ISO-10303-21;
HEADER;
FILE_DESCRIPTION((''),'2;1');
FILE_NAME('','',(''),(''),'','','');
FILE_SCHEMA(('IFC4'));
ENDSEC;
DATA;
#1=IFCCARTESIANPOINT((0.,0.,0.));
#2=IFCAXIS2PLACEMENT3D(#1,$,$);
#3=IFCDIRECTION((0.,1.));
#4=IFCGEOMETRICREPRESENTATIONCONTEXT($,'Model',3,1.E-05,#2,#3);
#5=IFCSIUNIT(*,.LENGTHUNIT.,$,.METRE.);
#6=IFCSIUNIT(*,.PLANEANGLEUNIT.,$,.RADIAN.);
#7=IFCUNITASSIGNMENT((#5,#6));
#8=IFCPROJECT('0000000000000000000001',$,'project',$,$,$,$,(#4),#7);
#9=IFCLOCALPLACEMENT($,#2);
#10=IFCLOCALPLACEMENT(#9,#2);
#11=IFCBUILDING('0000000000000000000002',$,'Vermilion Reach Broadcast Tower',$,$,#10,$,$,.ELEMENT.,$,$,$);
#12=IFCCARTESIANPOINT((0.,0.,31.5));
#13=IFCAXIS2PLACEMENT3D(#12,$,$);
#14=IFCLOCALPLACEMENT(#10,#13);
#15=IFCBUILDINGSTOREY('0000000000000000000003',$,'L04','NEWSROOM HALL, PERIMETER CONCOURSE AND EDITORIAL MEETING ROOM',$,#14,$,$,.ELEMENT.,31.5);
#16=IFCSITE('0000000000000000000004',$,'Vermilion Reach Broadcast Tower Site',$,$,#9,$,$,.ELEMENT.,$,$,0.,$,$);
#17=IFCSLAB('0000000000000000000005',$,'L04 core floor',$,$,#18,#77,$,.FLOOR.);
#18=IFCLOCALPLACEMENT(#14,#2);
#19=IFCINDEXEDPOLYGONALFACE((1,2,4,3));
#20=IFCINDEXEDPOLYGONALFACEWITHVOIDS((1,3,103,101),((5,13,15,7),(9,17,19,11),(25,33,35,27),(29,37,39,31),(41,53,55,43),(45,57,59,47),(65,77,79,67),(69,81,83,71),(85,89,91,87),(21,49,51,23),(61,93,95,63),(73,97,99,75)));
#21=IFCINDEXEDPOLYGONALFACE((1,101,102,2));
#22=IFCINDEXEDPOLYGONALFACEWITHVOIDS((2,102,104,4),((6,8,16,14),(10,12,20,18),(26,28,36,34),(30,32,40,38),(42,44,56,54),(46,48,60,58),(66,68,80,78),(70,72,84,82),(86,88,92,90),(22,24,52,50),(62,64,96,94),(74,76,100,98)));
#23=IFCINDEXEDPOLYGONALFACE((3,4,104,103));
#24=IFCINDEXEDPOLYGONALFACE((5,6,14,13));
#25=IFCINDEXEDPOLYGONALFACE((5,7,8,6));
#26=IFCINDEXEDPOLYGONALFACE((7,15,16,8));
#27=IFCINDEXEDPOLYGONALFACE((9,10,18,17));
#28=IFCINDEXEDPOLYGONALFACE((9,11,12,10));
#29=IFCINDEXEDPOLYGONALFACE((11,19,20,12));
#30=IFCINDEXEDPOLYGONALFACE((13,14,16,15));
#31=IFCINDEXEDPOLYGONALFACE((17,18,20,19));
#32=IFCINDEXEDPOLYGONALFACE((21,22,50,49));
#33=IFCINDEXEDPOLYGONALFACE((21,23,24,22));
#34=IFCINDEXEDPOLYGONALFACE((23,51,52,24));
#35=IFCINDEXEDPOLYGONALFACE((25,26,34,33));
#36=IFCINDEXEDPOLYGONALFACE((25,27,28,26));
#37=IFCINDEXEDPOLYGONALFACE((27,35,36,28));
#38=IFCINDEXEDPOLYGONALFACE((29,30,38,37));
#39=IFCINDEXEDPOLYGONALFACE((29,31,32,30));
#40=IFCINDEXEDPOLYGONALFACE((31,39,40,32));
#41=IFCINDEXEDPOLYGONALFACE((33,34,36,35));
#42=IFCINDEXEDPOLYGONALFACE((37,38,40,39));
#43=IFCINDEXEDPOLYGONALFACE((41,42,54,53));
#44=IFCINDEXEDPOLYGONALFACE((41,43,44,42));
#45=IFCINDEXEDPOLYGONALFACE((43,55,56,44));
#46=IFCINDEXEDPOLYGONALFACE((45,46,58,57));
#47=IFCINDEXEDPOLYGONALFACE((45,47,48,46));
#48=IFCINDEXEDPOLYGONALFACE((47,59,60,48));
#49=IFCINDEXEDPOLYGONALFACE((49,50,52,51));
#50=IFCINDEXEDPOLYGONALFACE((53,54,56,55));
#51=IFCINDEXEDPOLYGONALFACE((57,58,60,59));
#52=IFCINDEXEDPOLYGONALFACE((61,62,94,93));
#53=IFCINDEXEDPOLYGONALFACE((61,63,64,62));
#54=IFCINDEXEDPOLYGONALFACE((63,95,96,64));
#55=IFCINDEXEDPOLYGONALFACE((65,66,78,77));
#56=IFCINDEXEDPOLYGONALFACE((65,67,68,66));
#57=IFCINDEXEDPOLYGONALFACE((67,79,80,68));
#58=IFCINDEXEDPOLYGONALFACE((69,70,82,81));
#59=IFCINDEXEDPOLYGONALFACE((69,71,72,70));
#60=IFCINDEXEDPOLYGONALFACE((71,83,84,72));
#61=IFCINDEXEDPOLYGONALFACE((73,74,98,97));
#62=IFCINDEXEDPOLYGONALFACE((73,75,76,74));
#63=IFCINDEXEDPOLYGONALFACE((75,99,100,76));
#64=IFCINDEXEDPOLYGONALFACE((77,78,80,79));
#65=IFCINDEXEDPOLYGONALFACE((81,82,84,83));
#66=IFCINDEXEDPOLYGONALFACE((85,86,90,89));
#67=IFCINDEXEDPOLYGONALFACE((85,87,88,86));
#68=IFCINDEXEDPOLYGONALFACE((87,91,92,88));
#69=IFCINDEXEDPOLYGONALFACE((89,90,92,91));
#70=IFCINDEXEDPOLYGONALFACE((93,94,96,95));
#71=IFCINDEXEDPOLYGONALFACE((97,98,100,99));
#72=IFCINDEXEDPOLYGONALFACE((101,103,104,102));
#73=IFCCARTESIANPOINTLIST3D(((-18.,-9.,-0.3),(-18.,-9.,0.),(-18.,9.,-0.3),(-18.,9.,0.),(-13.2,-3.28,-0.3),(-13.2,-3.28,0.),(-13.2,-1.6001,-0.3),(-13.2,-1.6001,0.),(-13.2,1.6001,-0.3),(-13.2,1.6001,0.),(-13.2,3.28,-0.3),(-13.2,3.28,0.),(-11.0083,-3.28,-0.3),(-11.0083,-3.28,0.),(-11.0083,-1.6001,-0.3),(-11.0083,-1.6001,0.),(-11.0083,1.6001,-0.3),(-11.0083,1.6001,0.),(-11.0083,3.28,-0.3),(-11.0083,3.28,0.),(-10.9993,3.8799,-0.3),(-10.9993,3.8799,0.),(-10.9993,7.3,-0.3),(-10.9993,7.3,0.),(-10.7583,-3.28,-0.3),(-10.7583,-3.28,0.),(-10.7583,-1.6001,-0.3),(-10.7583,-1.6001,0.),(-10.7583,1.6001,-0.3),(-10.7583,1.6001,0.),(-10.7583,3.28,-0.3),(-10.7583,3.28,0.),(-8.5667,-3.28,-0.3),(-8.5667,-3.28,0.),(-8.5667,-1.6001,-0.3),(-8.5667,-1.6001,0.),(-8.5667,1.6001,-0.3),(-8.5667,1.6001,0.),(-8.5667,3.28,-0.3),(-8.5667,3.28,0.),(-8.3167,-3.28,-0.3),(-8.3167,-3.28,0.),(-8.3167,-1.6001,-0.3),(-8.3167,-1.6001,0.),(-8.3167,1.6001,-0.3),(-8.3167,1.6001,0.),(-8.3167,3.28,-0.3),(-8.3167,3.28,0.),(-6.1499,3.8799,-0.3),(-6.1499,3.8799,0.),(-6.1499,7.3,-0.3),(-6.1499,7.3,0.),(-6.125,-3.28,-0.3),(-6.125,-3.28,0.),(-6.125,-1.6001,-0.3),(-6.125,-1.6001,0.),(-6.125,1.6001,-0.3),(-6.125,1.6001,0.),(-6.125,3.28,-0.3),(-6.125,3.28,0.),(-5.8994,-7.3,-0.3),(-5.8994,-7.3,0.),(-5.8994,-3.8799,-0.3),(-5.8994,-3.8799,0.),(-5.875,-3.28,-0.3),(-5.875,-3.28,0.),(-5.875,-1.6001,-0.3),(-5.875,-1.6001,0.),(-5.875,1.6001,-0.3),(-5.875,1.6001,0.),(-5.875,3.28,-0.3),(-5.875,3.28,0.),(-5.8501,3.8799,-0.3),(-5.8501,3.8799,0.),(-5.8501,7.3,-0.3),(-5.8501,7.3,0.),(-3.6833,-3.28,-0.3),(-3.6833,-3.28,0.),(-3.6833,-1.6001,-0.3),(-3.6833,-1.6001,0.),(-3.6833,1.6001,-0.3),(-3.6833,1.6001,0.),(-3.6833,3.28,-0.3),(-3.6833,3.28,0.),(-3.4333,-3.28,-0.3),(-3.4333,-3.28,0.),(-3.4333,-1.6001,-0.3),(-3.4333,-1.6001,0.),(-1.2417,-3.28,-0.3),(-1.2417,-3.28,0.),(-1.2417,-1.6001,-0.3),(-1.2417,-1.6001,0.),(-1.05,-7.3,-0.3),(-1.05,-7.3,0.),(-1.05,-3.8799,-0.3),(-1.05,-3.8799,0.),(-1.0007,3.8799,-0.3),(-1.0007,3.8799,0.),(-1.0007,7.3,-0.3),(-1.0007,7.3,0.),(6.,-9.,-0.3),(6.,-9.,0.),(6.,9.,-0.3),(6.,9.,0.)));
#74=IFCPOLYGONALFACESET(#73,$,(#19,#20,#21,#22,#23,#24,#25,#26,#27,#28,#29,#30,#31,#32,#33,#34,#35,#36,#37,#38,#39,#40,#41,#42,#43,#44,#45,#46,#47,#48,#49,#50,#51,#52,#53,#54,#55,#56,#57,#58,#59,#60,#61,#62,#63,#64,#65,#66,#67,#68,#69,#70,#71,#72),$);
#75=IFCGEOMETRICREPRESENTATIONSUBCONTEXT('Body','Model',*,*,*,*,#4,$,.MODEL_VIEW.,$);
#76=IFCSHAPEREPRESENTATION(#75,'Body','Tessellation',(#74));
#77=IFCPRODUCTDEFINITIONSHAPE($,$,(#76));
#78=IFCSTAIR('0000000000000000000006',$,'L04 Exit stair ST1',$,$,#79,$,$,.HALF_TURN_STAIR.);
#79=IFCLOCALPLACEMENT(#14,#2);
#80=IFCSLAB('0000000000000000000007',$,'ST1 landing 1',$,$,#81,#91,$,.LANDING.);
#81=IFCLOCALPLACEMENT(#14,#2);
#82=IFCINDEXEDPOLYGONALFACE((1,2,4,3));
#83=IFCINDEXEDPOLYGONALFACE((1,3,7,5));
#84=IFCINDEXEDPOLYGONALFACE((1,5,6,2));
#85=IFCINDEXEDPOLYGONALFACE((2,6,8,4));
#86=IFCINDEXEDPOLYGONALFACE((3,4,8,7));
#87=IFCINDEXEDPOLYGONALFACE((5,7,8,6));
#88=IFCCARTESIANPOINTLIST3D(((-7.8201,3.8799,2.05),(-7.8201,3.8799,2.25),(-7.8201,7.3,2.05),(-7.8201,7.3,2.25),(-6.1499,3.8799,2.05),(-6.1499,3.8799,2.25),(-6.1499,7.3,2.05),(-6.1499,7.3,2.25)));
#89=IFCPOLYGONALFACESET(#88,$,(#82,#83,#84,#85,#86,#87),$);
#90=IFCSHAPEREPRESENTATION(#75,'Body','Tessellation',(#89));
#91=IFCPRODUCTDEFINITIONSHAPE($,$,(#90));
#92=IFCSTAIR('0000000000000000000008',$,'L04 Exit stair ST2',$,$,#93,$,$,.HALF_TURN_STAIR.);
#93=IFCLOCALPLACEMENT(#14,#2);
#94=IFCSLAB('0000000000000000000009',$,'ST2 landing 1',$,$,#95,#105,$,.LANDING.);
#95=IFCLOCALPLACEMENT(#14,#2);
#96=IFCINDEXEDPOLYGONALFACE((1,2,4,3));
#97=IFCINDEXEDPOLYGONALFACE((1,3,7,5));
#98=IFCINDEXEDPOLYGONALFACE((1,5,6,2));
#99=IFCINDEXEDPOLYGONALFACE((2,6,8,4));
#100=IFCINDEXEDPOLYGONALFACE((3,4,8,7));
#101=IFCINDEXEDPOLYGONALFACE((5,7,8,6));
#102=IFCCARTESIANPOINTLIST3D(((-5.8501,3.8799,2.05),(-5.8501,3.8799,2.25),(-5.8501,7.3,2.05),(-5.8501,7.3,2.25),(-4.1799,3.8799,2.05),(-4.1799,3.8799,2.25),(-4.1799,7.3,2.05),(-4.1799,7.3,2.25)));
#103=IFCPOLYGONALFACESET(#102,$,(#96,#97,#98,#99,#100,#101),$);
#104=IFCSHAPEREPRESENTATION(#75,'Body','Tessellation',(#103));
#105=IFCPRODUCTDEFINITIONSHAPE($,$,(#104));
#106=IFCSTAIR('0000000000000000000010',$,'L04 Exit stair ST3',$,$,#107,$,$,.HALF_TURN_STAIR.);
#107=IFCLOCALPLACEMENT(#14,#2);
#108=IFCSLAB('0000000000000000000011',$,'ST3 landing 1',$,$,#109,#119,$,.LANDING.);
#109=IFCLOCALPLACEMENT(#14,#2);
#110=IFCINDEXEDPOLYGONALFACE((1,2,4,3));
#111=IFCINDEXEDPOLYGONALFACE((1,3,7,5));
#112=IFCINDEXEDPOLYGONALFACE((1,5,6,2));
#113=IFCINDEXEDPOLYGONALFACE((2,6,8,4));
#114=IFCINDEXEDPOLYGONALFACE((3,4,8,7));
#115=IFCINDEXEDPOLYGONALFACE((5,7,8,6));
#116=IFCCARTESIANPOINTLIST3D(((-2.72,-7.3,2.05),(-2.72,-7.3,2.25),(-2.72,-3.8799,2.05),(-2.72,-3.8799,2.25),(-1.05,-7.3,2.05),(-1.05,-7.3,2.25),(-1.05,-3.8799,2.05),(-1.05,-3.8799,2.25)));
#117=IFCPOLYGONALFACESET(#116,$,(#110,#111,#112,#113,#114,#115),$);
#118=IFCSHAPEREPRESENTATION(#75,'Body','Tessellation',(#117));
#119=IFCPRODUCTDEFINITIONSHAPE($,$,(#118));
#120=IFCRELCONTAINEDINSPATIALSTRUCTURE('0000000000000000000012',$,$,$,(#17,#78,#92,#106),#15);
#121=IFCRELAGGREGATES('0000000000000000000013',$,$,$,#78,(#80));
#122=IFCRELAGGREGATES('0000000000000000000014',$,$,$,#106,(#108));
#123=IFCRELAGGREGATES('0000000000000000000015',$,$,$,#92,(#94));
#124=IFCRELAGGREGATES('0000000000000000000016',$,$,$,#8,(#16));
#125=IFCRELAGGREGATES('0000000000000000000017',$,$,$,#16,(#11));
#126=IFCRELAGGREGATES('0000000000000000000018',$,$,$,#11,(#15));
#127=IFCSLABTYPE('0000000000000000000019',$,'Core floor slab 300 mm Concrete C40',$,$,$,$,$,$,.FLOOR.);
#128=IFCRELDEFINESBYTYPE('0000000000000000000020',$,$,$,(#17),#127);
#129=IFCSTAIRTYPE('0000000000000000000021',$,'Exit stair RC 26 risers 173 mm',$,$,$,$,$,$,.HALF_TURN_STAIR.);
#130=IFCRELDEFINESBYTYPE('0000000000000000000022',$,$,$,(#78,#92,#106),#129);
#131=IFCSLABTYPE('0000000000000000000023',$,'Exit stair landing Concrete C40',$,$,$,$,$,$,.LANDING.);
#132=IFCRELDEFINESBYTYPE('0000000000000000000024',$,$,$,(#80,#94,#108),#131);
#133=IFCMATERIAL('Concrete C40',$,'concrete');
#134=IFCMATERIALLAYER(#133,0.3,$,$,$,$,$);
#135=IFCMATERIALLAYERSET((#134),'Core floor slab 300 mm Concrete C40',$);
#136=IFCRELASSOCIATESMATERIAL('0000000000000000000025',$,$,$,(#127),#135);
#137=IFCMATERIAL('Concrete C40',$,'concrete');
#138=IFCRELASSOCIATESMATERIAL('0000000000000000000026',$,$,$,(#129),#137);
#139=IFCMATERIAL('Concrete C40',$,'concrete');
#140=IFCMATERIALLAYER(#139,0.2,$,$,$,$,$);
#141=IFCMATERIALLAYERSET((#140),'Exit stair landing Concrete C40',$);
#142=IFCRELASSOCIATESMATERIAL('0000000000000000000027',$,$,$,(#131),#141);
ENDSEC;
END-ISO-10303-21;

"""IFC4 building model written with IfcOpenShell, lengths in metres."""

from ifc_helpers import new_model, si_unit, direction, frame, origin, place, context, subcontext, project, spatial, polyline, outline, extrude, material, layer, layer_set, type_object, element, aggregate, save


model = new_model("IFC4")

# Units and contexts
model_context = context("Model", 3, precision=1e-05, world=origin(), true_north=direction((0.0, 1.0)))
body_context = subcontext(model_context, "Body", "Model", "MODEL_VIEW")
ifc_project = project(units=[si_unit("LENGTHUNIT", "METRE"), si_unit("PLANEANGLEUNIT", "RADIAN")], contexts=[model_context])

# Site, building, storey
site_placement = place(None, origin())
site = spatial("IfcSite", under=ifc_project, at=site_placement, Name="Vermilion Reach Broadcast Tower Site", CompositionType="ELEMENT", RefElevation=0.0)
building_placement = place(site_placement, origin())
building = spatial("IfcBuilding", under=site, at=building_placement, Name="Vermilion Reach Broadcast Tower", CompositionType="ELEMENT")
storey_placement = place(building_placement, frame((0.0, 0.0, 31.5)))
storey = spatial("IfcBuildingStorey", under=building, at=storey_placement, Name="L04", Description="NEWSROOM HALL, PERIMETER CONCOURSE AND EDITORIAL MEETING ROOM", CompositionType="ELEMENT", Elevation=31.5)

# Slab
ifc_material_1 = material(Name="Concrete C40", Category="concrete")
ifc_layer_1 = layer(ifc_material_1, 0.3)
ifc_layer_set_1 = layer_set([ifc_layer_1], Name="Core floor slab 300 mm Concrete C40")
slab_type_1 = type_object("IfcSlabType", Name="Core floor slab 300 mm Concrete C40", PredefinedType="FLOOR", material=ifc_layer_set_1)
slab_1_placement = place(storey_placement, frame((0.0, 0.0, -0.3)))
element("IfcSlab", 1, at=slab_1_placement, inside=storey, type_object=slab_type_1, Name="L04 core floor", PredefinedType="FLOOR", context=body_context, shape_type="SweptSolid", body=[
    extrude(outline(polyline([(-18.0, -9.0), (6.0, -9.0), (6.0, 9.0), (-18.0, 9.0), (-18.0, -9.0)]), holes=[polyline([(-13.2, 1.6001), (-11.0083, 1.6001), (-11.0083, 3.28), (-13.2, 3.28), (-13.2, 1.6001)]), polyline([(-10.7583, 1.6001), (-8.5667, 1.6001), (-8.5667, 3.28), (-10.7583, 3.28), (-10.7583, 1.6001)]), polyline([(-8.3167, 1.6001), (-6.125, 1.6001), (-6.125, 3.28), (-8.3167, 3.28), (-8.3167, 1.6001)]), polyline([(-5.875, 1.6001), (-3.6833, 1.6001), (-3.6833, 3.28), (-5.875, 3.28), (-5.875, 1.6001)]), polyline([(-13.2, -3.28), (-11.0083, -3.28), (-11.0083, -1.6001), (-13.2, -1.6001), (-13.2, -3.28)]), polyline([(-10.7583, -3.28), (-8.5667, -3.28), (-8.5667, -1.6001), (-10.7583, -1.6001), (-10.7583, -3.28)]), polyline([(-8.3167, -3.28), (-6.125, -3.28), (-6.125, -1.6001), (-8.3167, -1.6001), (-8.3167, -3.28)]), polyline([(-5.875, -3.28), (-3.6833, -3.28), (-3.6833, -1.6001), (-5.875, -1.6001), (-5.875, -3.28)]), polyline([(-3.4333, -3.28), (-1.2417, -3.28), (-1.2417, -1.6001), (-3.4333, -1.6001), (-3.4333, -3.28)]), polyline([(-10.9993, 3.8799), (-6.1499, 3.8799), (-6.1499, 7.3), (-10.9993, 7.3), (-10.9993, 3.8799)]), polyline([(-1.0007, 7.3), (-5.8501, 7.3), (-5.8501, 3.8799), (-1.0007, 3.8799), (-1.0007, 7.3)]), polyline([(-5.8994, -7.3), (-1.05, -7.3), (-1.05, -3.8799), (-5.8994, -3.8799), (-5.8994, -7.3)])]), origin(), (0.0, 0.0, 1.0), 0.3),
])

# Stairs, slabs
ifc_material_2 = material(Name="Concrete C40", Category="concrete")
stair_type = type_object("IfcStairType", Name="Exit stair RC 26 risers 173 mm", PredefinedType="HALF_TURN_STAIR", material=ifc_material_2)
placement_1 = place(storey_placement, origin())
stair_1 = element("IfcStair", 2, at=placement_1, inside=storey, type_object=stair_type, Name="L04 Exit stair ST1", PredefinedType="HALF_TURN_STAIR")
ifc_material_3 = material(Name="Concrete C40", Category="concrete")
ifc_layer_2 = layer(ifc_material_3, 0.2)
ifc_layer_set_2 = layer_set([ifc_layer_2], Name="Exit stair landing Concrete C40")
slab_type_2 = type_object("IfcSlabType", Name="Exit stair landing Concrete C40", PredefinedType="LANDING", material=ifc_layer_set_2)
placement_2 = place(storey_placement, frame((0.0, 0.0, 2.05)))
slab_2 = element("IfcSlab", 3, at=placement_2, type_object=slab_type_2, Name="ST1 landing 1", PredefinedType="LANDING", context=body_context, shape_type="SweptSolid", body=[
    extrude(outline(polyline([(-7.8201, 3.8799), (-6.1499, 3.8799), (-6.1499, 7.3), (-7.8201, 7.3), (-7.8201, 3.8799)])), origin(), (0.0, 0.0, 1.0), 0.2),
])
aggregate(stair_1, [slab_2])
stair_2 = element("IfcStair", 4, at=placement_1, inside=storey, type_object=stair_type, Name="L04 Exit stair ST2", PredefinedType="HALF_TURN_STAIR")
slab_3 = element("IfcSlab", 5, at=placement_2, type_object=slab_type_2, Name="ST2 landing 1", PredefinedType="LANDING", context=body_context, shape_type="SweptSolid", body=[
    extrude(outline(polyline([(-4.1799, 7.3), (-5.8501, 7.3), (-5.8501, 3.8799), (-4.1799, 3.8799), (-4.1799, 7.3)])), origin(), (0.0, 0.0, 1.0), 0.2),
])
stair_3 = element("IfcStair", 6, at=placement_1, inside=storey, type_object=stair_type, Name="L04 Exit stair ST3", PredefinedType="HALF_TURN_STAIR")
slab_4 = element("IfcSlab", 7, at=placement_2, type_object=slab_type_2, Name="ST3 landing 1", PredefinedType="LANDING", context=body_context, shape_type="SweptSolid", body=[
    extrude(outline(polyline([(-2.72, -7.3), (-1.05, -7.3), (-1.05, -3.8799), (-2.72, -3.8799), (-2.72, -7.3)])), origin(), (0.0, 0.0, 1.0), 0.2),
])
aggregate(stair_3, [slab_4])

aggregate(stair_2, [slab_3])

save(model, "model.ifc")
